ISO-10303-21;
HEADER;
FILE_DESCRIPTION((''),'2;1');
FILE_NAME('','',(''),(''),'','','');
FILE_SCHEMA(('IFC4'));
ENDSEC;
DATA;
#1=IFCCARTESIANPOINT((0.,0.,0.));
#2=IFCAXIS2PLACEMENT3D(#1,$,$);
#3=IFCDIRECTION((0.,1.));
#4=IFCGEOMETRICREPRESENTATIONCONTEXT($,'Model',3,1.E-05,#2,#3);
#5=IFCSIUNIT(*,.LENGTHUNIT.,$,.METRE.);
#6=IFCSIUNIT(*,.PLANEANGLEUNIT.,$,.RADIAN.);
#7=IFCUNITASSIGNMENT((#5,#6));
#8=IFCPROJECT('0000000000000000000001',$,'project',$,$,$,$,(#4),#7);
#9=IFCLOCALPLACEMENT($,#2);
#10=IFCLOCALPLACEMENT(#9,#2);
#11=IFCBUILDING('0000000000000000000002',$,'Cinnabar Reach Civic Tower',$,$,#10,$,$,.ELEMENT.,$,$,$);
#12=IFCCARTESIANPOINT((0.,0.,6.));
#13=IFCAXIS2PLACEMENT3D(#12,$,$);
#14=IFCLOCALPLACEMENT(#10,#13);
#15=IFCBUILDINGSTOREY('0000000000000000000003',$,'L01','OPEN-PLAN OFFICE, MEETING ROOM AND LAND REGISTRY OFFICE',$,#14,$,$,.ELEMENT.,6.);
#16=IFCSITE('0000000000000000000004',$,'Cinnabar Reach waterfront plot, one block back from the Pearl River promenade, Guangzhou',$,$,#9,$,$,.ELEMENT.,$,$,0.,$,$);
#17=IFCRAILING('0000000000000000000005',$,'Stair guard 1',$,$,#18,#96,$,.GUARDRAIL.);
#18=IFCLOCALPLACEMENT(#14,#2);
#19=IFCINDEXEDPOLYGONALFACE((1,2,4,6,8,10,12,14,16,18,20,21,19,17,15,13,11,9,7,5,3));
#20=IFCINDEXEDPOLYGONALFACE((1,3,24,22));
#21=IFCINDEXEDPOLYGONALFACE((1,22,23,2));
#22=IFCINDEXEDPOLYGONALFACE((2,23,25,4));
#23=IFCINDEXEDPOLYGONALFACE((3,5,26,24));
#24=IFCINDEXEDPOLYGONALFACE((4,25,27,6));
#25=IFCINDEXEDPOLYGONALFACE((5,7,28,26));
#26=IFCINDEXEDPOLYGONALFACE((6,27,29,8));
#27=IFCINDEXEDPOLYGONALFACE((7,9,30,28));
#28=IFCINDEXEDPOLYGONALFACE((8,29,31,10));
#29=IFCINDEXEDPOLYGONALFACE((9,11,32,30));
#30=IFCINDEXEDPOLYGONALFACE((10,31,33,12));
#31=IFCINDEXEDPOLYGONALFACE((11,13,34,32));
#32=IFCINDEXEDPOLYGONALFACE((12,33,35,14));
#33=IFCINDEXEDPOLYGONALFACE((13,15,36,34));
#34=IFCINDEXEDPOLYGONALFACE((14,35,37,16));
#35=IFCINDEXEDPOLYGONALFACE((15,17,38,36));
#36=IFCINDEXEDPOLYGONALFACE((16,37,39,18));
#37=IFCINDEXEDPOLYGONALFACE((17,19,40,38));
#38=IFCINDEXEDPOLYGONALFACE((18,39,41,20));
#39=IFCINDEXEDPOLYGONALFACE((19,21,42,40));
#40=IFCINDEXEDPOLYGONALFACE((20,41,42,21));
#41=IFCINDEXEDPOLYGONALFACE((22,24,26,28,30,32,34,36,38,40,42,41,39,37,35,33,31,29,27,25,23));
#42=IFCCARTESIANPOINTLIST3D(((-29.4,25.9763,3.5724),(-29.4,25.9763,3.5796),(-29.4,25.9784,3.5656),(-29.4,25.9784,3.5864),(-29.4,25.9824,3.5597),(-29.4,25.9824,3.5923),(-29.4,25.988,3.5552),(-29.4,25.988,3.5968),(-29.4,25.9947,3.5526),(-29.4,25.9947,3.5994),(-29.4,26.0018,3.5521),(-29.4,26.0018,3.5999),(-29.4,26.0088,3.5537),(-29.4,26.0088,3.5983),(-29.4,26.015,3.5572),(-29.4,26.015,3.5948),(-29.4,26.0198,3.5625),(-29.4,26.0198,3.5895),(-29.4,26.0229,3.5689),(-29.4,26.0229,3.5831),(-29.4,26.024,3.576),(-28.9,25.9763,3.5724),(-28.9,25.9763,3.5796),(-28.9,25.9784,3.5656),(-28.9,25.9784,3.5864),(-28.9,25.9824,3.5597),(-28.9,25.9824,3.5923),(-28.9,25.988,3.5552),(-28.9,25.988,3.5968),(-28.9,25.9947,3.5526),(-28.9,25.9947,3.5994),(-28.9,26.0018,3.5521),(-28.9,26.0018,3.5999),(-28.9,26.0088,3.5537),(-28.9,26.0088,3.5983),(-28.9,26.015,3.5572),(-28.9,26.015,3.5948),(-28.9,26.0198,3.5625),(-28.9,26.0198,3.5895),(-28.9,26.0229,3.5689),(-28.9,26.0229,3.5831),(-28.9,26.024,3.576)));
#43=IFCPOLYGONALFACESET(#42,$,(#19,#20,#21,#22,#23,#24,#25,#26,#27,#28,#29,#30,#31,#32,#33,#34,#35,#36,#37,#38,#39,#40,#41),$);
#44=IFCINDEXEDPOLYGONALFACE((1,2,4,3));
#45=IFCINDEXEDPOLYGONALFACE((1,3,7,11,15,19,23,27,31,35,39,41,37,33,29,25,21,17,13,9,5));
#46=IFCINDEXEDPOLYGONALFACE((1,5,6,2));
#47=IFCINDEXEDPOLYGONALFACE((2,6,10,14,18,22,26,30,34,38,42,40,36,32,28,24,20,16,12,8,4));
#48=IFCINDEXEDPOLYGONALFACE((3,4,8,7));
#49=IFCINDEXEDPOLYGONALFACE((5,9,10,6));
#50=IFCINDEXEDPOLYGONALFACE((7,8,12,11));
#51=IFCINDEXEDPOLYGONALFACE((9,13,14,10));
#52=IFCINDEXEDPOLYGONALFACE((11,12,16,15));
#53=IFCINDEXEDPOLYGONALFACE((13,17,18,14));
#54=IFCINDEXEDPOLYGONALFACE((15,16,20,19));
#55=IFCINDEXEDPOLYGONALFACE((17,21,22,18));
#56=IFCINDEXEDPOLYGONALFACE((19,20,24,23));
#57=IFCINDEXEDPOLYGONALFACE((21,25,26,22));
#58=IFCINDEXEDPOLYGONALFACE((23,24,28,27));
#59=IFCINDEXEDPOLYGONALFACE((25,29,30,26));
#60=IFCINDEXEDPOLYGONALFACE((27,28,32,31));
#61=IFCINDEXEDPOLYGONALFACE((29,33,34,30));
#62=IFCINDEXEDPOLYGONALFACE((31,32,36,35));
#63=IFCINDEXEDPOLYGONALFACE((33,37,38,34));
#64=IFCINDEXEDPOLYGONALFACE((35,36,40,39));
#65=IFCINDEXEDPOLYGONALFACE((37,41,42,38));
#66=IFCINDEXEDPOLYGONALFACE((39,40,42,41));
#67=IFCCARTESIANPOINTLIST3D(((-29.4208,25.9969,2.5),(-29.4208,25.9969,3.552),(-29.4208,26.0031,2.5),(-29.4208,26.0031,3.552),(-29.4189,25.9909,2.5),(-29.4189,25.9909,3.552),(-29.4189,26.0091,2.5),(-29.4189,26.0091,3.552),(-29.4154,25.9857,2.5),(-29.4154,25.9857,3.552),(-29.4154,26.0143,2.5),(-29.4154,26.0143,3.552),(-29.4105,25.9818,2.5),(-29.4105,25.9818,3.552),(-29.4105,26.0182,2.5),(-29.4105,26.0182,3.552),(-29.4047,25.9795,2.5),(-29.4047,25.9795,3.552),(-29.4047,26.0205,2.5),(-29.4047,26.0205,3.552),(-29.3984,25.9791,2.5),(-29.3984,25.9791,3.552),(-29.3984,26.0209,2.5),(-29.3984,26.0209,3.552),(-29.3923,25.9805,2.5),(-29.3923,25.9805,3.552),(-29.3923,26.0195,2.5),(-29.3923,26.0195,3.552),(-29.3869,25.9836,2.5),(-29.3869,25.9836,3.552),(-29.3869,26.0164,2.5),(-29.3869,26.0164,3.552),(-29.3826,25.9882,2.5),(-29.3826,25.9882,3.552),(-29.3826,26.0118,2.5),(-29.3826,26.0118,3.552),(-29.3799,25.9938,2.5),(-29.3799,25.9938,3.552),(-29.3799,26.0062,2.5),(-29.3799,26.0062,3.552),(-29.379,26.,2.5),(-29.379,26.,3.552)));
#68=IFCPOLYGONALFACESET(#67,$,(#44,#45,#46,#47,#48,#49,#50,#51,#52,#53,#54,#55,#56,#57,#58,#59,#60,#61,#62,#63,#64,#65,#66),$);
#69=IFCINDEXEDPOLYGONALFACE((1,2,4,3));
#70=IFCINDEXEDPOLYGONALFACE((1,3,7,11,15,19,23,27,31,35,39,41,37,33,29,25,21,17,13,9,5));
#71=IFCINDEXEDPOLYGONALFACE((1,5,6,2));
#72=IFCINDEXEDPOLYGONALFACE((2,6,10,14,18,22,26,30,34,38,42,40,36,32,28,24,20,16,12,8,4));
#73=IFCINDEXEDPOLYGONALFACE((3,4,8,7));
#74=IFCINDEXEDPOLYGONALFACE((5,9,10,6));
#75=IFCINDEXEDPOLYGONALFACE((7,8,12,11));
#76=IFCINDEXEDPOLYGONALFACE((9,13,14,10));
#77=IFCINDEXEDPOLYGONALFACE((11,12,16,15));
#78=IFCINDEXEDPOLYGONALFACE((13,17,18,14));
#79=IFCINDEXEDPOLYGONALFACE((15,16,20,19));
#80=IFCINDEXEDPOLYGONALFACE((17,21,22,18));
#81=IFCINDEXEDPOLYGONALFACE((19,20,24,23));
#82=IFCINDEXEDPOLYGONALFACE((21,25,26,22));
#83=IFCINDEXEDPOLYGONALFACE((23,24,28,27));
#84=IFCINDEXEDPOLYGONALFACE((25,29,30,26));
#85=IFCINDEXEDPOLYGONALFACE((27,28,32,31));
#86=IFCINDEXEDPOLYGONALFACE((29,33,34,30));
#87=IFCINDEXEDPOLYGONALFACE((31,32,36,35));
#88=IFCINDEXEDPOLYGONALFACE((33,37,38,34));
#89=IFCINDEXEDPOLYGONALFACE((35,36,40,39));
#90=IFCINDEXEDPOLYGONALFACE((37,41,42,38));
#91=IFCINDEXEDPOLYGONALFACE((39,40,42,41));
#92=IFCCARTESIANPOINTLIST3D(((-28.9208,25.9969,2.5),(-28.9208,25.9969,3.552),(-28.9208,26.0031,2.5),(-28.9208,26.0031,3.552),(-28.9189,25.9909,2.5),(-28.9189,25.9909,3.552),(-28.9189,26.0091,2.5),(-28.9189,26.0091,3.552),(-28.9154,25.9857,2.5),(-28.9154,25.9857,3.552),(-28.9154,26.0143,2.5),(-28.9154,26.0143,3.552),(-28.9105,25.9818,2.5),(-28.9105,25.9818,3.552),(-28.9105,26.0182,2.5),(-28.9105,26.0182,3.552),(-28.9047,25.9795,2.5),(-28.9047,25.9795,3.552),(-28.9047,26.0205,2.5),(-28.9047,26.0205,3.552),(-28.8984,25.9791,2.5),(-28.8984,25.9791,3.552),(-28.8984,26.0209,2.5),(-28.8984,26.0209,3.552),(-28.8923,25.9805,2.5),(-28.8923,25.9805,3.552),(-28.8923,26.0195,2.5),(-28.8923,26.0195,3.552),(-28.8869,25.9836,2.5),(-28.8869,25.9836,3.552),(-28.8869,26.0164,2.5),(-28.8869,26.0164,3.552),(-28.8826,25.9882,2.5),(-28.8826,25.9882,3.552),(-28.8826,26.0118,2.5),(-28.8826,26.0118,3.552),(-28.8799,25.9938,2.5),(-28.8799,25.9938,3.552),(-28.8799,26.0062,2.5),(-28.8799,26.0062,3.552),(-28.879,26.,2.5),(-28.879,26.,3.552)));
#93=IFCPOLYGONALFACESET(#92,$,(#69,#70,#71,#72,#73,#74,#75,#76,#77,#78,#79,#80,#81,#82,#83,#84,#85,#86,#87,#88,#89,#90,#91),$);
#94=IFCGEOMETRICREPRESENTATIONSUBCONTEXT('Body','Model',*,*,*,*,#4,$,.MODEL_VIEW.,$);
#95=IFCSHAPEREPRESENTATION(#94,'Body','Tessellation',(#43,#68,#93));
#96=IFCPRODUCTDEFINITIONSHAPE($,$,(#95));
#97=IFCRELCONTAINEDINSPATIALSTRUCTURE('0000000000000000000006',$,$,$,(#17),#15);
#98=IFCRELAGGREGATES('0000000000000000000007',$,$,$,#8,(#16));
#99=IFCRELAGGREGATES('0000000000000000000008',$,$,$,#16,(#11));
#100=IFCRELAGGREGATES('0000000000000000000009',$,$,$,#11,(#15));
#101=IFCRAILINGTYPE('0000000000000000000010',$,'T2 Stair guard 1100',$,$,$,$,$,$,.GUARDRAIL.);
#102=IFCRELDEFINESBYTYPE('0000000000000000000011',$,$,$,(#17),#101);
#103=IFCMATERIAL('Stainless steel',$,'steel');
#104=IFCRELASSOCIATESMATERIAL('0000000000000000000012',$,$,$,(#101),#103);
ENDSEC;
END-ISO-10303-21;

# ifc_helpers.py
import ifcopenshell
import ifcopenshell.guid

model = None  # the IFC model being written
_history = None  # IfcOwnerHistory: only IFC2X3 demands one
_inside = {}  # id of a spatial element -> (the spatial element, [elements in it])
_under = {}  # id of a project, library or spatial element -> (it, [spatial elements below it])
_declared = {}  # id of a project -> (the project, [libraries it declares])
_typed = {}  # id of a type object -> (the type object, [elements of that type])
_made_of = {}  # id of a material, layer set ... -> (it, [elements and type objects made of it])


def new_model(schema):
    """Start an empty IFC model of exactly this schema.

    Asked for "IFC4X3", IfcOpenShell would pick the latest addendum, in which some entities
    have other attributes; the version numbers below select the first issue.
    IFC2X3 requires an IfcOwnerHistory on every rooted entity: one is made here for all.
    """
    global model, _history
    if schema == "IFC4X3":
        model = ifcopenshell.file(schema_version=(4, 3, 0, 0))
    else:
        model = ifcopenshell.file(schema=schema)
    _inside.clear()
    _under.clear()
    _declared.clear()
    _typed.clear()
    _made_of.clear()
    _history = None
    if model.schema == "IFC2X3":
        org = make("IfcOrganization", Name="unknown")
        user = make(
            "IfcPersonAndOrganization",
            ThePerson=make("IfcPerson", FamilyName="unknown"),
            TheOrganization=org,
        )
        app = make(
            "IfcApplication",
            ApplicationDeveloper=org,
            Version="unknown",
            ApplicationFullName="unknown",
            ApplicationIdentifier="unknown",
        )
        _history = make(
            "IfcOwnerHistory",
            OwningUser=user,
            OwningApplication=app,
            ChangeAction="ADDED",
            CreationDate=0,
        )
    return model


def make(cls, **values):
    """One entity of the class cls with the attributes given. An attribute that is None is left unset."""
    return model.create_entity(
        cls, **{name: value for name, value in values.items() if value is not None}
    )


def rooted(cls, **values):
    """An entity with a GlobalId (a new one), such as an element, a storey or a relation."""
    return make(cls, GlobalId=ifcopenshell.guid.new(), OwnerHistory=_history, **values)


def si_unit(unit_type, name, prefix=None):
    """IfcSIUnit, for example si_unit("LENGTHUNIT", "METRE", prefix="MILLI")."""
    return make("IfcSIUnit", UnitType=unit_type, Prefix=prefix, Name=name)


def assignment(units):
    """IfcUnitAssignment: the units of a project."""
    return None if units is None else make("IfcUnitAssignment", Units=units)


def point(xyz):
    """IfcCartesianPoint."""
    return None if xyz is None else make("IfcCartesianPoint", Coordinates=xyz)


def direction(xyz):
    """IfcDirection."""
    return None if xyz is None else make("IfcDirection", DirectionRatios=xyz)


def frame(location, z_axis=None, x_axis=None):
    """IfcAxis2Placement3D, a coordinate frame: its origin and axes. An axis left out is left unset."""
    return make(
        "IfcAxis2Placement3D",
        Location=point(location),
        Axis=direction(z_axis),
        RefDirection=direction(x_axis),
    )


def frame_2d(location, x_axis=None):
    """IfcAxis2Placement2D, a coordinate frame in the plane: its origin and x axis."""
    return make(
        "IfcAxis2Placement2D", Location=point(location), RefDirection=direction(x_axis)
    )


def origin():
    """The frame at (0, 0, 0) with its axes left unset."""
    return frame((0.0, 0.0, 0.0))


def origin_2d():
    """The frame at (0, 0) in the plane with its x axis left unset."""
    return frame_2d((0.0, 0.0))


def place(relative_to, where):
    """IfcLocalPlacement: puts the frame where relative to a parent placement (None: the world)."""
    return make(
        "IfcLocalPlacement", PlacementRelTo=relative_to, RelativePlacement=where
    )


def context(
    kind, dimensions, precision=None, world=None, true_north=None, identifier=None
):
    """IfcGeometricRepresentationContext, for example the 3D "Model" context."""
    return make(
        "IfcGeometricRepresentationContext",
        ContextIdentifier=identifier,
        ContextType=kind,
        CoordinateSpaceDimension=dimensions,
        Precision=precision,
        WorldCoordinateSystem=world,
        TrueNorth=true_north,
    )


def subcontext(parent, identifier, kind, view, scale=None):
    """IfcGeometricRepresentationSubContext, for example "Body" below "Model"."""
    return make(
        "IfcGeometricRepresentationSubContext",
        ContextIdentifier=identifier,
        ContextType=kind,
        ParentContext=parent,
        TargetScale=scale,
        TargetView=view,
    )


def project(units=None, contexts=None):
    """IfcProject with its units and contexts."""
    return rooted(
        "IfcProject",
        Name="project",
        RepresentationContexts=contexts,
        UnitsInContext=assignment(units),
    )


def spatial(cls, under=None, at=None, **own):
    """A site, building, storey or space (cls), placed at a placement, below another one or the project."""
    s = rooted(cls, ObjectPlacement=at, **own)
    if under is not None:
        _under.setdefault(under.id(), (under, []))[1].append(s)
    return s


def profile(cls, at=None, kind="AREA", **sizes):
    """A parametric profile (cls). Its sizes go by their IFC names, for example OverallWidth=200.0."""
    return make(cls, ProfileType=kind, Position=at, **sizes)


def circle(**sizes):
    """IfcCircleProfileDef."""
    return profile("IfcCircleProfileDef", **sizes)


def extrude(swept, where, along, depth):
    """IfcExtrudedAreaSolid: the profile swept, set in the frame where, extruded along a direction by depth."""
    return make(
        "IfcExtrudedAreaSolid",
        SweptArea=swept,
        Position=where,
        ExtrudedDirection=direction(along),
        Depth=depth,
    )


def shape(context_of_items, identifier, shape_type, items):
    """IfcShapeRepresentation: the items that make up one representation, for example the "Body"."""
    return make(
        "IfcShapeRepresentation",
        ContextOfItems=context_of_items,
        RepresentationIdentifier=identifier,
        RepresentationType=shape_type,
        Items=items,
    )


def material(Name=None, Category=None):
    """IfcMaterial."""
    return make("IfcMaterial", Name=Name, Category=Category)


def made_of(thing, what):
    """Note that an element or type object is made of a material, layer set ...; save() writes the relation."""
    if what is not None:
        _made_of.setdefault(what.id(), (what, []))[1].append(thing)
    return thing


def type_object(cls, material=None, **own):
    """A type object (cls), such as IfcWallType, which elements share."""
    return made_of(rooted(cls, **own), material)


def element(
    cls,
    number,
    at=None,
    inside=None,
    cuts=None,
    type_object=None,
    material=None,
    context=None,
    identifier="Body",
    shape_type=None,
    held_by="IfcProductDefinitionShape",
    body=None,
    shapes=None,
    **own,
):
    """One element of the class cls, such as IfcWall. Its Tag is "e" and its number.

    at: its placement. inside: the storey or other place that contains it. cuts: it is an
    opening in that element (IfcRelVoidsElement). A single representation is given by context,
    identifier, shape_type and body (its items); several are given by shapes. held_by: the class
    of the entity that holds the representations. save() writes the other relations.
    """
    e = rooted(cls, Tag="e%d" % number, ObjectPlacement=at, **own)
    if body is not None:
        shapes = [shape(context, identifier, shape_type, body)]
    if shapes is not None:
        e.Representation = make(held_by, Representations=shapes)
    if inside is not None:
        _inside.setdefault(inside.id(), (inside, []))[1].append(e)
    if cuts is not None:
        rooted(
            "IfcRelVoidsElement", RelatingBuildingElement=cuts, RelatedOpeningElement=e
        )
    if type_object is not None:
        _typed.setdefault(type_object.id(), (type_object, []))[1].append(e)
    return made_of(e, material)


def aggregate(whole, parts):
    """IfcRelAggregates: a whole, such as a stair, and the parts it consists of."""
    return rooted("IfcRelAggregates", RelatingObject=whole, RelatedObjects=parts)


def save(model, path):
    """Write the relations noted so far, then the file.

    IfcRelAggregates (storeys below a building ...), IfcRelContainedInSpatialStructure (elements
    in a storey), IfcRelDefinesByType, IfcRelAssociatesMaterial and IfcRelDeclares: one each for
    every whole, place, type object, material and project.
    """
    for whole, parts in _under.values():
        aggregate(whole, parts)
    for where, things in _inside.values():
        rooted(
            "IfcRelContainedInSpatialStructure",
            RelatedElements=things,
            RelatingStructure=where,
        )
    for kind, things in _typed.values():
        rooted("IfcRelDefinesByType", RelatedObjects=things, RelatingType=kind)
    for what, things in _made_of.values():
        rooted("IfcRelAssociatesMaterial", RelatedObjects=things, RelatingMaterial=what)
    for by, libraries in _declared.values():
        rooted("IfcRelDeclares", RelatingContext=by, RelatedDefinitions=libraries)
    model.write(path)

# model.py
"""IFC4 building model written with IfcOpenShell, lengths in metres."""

from ifc_helpers import new_model, si_unit, direction, frame, origin, origin_2d, place, context, subcontext, project, spatial, circle, extrude, material, type_object, element, save


model = new_model("IFC4")

# Units and contexts
model_context = context("Model", 3, precision=1e-05, world=origin(), true_north=direction((0.0, 1.0)))
body_context = subcontext(model_context, "Body", "Model", "MODEL_VIEW")
ifc_project = project(units=[si_unit("LENGTHUNIT", "METRE"), si_unit("PLANEANGLEUNIT", "RADIAN")], contexts=[model_context])

# Site, building, storey
site_placement = place(None, origin())
site = spatial("IfcSite", under=ifc_project, at=site_placement, Name="Cinnabar Reach waterfront plot, one block back from the Pearl River promenade, Guangzhou", CompositionType="ELEMENT", RefElevation=0.0)
building_placement = place(site_placement, origin())
building = spatial("IfcBuilding", under=site, at=building_placement, Name="Cinnabar Reach Civic Tower", CompositionType="ELEMENT")
storey_placement = place(building_placement, frame((0.0, 0.0, 6.0)))
storey = spatial("IfcBuildingStorey", under=building, at=storey_placement, Name="L01", Description="OPEN-PLAN OFFICE, MEETING ROOM AND LAND REGISTRY OFFICE", CompositionType="ELEMENT", Elevation=6.0)

# Railing
ifc_material_1 = material(Name="Stainless steel", Category="steel")
railing_type = type_object("IfcRailingType", Name="T2 Stair guard 1100", PredefinedType="GUARDRAIL", material=ifc_material_1)
railing_1_placement = place(storey_placement, frame((-29.4, 26.0, 2.5)))
element("IfcRailing", 1, at=railing_1_placement, inside=storey, type_object=railing_type, Name="Stair guard 1", PredefinedType="GUARDRAIL", context=body_context, shape_type="SweptSolid", body=[
    extrude(circle(Radius=0.024, at=origin_2d()), frame((0.0, 0.0, 1.076), z_axis=(1.0, 0.0, 0.0), x_axis=(0.0, 1.0, 0.0)), (0.0, 0.0, 1.0), 0.5),
    extrude(circle(Radius=0.021, at=origin_2d()), origin(), (0.0, 0.0, 1.0), 1.052),
    extrude(circle(Radius=0.021, at=origin_2d()), frame((0.5, 0.0, 0.0)), (0.0, 0.0, 1.0), 1.052),
])

save(model, "model.ifc")
